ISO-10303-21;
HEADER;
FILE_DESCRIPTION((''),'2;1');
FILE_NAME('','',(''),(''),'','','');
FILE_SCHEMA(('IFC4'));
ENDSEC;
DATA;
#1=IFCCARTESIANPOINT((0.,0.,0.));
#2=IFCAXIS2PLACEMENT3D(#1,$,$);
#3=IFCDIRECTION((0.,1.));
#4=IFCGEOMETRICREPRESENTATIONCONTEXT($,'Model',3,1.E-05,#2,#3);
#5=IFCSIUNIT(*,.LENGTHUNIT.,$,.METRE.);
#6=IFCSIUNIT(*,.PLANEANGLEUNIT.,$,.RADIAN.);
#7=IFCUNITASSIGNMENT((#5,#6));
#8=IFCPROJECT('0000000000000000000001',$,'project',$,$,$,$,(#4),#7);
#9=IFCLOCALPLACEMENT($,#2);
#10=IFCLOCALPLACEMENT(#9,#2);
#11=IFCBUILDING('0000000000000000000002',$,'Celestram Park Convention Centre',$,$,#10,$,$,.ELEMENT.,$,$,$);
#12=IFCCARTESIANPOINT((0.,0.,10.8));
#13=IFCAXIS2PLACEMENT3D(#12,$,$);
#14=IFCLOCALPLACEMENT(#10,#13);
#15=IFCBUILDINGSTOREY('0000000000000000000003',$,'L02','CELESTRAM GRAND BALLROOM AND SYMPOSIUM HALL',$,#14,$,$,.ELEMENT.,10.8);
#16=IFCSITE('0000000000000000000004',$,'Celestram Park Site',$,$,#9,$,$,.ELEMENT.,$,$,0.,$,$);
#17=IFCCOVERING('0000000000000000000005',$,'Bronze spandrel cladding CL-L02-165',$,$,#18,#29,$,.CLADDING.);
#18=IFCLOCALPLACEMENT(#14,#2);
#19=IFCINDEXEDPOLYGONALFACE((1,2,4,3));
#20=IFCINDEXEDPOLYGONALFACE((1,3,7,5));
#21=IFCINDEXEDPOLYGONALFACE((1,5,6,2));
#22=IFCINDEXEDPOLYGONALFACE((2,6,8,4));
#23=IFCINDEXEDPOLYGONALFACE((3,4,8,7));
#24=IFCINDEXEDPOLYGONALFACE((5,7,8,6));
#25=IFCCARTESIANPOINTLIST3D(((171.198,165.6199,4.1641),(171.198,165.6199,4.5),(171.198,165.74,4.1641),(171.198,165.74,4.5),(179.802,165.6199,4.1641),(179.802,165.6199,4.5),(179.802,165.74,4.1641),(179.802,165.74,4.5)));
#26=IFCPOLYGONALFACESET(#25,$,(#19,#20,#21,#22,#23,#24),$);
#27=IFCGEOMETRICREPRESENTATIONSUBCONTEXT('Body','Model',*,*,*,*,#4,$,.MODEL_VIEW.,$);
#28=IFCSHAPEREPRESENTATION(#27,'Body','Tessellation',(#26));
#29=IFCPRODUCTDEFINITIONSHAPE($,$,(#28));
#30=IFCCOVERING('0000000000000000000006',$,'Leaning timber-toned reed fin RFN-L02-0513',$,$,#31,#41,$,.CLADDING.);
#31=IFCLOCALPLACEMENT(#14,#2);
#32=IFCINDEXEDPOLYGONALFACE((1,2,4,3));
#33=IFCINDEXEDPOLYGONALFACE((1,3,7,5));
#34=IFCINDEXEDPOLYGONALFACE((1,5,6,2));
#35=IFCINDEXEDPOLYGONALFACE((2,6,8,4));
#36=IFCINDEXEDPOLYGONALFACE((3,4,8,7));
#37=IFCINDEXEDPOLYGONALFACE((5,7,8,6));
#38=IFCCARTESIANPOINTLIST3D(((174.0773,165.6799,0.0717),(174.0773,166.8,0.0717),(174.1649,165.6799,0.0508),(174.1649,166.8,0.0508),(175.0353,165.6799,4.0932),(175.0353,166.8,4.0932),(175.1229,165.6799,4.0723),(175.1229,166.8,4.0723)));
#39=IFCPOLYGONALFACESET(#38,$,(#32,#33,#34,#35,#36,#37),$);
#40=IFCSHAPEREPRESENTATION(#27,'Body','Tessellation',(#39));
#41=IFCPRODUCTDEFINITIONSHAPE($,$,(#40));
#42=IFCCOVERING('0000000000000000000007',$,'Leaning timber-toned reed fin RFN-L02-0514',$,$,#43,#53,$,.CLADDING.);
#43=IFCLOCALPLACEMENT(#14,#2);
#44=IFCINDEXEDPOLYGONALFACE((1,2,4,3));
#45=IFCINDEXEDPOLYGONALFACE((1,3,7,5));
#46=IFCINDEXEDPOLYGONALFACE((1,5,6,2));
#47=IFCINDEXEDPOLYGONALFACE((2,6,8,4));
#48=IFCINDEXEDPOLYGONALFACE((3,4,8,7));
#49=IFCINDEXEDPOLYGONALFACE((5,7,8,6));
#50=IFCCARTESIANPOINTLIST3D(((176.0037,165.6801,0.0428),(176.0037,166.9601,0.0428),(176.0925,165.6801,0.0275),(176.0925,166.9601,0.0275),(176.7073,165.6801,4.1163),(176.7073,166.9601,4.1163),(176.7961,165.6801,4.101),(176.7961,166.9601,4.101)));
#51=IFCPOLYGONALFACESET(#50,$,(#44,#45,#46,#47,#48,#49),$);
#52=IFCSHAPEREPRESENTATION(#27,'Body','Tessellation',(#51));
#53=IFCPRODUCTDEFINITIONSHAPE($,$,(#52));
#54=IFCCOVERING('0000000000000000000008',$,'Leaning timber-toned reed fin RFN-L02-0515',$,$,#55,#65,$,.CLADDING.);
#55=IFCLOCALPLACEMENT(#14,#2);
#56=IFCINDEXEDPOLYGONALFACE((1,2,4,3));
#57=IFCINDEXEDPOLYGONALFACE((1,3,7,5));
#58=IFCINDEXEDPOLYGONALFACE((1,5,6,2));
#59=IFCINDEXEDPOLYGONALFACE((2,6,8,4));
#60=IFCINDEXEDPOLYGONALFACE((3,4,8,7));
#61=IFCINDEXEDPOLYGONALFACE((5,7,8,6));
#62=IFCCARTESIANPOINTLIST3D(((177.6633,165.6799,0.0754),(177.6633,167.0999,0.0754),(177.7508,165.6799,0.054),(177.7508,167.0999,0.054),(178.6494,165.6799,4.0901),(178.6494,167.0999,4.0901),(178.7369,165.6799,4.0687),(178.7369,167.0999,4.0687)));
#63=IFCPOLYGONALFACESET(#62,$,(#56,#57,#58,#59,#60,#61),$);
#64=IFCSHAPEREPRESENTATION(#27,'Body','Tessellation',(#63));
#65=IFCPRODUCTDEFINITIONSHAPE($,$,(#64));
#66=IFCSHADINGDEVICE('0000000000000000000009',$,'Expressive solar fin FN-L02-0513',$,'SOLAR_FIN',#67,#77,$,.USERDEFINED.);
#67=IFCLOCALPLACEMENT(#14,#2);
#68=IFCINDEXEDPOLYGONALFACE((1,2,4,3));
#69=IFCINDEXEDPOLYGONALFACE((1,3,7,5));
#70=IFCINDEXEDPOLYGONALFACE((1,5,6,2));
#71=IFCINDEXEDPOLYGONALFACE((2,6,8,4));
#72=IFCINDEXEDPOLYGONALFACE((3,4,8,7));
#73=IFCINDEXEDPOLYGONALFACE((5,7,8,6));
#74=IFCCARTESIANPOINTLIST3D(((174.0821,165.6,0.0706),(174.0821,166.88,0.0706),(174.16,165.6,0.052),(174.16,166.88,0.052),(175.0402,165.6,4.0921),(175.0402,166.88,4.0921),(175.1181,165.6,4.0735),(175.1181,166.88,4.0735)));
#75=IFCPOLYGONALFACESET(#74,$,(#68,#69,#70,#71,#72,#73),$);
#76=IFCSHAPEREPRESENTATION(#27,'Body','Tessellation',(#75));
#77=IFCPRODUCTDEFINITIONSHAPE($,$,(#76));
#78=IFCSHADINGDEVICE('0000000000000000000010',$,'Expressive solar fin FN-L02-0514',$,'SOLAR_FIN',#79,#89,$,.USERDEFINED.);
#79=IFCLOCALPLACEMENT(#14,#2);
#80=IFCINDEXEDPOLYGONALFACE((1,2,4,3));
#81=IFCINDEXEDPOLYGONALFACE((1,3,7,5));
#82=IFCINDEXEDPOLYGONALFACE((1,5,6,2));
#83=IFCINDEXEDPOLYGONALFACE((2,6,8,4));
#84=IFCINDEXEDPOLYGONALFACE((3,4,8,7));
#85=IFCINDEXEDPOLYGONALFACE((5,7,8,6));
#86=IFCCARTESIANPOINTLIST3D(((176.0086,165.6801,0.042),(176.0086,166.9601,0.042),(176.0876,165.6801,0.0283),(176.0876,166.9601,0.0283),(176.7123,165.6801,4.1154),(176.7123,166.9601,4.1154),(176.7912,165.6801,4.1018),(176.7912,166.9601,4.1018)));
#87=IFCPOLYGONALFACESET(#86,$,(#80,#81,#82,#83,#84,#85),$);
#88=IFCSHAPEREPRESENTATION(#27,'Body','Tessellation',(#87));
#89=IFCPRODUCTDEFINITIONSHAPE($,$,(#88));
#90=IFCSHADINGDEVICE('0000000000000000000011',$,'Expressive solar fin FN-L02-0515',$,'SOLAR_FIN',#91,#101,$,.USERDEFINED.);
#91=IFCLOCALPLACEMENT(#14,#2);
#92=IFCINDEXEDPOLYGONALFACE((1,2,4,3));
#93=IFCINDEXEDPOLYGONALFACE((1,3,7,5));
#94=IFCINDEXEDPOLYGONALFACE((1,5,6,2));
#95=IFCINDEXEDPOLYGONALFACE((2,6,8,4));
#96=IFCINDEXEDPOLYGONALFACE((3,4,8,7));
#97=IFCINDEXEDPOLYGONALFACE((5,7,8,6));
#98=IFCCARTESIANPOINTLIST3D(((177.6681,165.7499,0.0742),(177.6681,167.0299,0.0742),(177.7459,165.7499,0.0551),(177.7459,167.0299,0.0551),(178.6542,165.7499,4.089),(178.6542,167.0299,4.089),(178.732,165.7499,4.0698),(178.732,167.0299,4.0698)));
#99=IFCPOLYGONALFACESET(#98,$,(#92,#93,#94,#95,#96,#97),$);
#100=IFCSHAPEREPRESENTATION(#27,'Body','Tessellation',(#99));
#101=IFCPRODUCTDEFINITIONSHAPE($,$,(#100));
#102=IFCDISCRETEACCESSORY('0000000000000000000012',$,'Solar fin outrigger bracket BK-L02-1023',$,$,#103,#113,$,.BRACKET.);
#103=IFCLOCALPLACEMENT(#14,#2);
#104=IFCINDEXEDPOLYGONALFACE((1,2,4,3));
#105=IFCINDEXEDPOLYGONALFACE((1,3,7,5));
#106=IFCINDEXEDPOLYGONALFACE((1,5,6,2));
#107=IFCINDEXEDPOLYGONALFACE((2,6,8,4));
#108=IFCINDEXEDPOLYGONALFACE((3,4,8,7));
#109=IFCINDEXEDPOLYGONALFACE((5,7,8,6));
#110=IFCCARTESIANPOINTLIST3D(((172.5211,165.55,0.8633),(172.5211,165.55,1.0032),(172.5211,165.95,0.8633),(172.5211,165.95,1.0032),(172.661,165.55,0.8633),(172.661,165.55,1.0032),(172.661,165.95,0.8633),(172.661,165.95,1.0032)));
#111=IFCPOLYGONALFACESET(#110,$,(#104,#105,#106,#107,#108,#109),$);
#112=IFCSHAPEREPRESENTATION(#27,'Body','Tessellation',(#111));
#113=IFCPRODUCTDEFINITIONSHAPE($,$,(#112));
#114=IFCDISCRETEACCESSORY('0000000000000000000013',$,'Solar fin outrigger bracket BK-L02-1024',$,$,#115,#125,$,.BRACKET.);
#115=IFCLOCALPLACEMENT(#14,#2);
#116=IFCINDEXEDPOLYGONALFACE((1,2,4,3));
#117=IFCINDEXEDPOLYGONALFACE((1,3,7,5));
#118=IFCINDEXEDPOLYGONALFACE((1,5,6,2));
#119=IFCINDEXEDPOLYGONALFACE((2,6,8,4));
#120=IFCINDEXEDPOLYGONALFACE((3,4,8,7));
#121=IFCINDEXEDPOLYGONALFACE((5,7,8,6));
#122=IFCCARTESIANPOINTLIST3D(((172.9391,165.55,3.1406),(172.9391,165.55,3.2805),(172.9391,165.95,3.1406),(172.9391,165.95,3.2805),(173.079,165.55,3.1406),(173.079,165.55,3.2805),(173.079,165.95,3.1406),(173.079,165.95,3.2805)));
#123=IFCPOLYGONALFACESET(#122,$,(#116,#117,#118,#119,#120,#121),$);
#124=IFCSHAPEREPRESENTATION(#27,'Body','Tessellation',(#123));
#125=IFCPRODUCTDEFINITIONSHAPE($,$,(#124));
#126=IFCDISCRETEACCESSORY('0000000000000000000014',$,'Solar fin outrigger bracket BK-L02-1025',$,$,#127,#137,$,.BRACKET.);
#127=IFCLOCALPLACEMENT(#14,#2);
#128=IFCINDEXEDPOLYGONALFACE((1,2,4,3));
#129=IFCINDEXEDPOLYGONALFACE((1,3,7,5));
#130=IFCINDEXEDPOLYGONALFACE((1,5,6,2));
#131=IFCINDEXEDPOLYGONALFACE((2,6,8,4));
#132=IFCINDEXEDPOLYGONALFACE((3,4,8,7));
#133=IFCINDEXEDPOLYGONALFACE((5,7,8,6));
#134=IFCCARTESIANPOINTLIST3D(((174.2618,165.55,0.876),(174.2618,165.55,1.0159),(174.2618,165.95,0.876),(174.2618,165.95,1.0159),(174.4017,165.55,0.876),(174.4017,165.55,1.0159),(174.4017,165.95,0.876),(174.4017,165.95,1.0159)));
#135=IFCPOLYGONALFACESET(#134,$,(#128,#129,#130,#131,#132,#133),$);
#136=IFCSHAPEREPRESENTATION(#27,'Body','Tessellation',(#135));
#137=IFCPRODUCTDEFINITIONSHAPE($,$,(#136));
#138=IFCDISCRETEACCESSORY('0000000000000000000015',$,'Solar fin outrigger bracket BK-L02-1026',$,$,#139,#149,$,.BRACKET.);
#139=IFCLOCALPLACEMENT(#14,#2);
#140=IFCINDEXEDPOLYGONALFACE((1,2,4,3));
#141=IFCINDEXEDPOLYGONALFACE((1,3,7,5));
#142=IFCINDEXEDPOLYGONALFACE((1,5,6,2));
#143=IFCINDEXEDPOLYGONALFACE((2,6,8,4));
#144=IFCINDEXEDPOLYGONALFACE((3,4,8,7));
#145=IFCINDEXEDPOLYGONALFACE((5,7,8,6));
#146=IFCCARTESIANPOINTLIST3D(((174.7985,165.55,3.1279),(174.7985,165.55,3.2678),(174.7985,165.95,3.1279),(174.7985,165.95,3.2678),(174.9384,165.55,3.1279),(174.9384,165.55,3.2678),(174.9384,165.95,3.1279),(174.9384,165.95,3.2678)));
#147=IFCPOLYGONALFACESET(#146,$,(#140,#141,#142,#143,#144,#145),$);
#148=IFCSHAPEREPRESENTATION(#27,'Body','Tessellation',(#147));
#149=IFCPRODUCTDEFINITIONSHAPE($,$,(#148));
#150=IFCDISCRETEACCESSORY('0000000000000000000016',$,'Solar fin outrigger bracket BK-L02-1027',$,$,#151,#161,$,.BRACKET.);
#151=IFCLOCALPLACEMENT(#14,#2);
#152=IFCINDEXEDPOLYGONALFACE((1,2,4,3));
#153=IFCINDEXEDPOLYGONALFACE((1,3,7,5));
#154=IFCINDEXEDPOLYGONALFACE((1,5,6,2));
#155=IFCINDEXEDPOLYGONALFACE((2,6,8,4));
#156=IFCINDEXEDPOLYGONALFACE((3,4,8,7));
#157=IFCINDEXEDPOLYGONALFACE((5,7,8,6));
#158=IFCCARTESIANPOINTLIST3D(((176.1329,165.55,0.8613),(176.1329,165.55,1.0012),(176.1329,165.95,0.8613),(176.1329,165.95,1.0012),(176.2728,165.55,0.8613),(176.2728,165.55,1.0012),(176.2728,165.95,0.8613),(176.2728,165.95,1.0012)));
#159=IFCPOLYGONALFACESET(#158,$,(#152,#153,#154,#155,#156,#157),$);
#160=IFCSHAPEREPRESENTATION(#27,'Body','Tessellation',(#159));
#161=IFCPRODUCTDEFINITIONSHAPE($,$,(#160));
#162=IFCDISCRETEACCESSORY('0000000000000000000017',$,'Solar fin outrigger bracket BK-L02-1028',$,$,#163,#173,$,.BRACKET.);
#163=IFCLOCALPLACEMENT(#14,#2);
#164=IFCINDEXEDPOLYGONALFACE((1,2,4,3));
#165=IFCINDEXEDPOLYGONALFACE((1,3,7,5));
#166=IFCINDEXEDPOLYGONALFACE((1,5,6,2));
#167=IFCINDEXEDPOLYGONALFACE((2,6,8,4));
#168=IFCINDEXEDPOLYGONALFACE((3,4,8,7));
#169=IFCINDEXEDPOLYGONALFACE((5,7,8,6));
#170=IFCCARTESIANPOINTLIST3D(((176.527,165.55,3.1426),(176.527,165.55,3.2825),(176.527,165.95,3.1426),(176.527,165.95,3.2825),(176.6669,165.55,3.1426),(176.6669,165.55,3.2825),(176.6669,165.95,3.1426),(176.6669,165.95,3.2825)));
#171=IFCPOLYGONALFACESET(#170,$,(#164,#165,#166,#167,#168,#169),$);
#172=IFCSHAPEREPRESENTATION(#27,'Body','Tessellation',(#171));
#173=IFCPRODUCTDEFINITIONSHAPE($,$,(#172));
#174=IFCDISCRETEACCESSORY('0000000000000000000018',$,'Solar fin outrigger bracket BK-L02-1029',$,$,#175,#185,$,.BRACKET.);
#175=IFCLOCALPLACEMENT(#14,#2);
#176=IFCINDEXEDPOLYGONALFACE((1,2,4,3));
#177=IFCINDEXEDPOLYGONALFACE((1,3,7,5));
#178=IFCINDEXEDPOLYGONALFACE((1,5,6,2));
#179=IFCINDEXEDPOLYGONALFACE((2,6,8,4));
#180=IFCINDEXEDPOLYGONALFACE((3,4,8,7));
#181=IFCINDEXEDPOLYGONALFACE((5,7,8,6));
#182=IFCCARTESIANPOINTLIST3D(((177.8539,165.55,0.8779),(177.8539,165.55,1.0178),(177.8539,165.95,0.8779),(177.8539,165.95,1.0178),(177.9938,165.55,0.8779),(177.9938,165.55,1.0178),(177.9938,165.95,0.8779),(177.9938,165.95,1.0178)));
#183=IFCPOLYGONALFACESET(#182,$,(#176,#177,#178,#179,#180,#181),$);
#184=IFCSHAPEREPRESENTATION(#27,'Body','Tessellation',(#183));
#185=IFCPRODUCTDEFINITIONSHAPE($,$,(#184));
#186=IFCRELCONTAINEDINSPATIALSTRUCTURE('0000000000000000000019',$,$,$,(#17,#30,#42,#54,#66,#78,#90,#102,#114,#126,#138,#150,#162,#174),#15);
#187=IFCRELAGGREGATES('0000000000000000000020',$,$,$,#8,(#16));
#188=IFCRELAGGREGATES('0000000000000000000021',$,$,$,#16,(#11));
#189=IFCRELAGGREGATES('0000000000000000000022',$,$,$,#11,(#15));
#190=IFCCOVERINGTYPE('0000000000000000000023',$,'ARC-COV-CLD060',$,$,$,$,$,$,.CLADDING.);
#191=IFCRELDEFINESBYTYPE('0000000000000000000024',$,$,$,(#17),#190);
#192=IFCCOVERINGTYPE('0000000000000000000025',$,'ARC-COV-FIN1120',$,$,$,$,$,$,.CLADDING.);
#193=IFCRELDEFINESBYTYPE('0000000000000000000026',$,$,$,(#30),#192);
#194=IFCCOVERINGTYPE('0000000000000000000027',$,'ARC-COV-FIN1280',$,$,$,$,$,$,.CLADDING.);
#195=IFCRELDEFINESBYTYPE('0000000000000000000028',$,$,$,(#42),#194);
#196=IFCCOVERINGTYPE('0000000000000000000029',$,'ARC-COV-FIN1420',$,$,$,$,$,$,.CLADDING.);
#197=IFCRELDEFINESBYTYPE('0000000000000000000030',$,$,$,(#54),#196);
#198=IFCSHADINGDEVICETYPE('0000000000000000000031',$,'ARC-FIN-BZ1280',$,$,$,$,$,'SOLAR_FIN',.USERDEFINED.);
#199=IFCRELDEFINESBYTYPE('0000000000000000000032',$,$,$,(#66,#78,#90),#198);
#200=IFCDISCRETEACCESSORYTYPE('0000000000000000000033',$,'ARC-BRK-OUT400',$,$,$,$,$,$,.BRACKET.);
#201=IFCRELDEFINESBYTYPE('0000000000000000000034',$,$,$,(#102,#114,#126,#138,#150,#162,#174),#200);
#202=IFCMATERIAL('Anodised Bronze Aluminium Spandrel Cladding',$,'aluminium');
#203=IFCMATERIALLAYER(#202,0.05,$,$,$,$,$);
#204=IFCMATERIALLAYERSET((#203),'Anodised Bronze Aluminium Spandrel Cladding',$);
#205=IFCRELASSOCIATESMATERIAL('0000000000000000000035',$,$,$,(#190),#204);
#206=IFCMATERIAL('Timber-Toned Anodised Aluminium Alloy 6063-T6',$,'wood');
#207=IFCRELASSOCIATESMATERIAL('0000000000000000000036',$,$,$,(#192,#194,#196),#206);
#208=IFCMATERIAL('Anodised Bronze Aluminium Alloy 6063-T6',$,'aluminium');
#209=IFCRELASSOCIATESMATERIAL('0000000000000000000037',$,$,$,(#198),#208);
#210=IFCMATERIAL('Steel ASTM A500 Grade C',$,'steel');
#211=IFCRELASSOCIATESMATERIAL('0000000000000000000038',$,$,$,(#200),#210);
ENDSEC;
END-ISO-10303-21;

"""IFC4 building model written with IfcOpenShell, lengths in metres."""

from ifc_helpers import new_model, si_unit, direction, frame, origin, origin_2d, place, context, subcontext, project, spatial, rectangle, extrude, material, layer, layer_set, material_profile, profile_set, type_object, element, save


model = new_model("IFC4")

# Units and contexts
model_context = context("Model", 3, precision=1e-05, world=origin(), true_north=direction((0.0, 1.0)))
body_context = subcontext(model_context, "Body", "Model", "MODEL_VIEW")
ifc_project = project(units=[si_unit("LENGTHUNIT", "METRE"), si_unit("PLANEANGLEUNIT", "RADIAN")], contexts=[model_context])

# Site, building, storey
site_placement = place(None, origin())
site = spatial("IfcSite", under=ifc_project, at=site_placement, Name="Celestram Park Site", CompositionType="ELEMENT", RefElevation=0.0)
building_placement = place(site_placement, origin())
building = spatial("IfcBuilding", under=site, at=building_placement, Name="Celestram Park Convention Centre", CompositionType="ELEMENT")
storey_placement = place(building_placement, frame((0.0, 0.0, 10.8)))
storey = spatial("IfcBuildingStorey", under=building, at=storey_placement, Name="L02", Description="CELESTRAM GRAND BALLROOM AND SYMPOSIUM HALL", CompositionType="ELEMENT", Elevation=10.8)

# Coverings
ifc_material_1 = material(Name="Anodised Bronze Aluminium Spandrel Cladding", Category="aluminium")
ifc_layer_1 = layer(ifc_material_1, 0.05)
ifc_layer_set_1 = layer_set([ifc_layer_1], Name="Anodised Bronze Aluminium Spandrel Cladding")
covering_type_1 = type_object("IfcCoveringType", Name="ARC-COV-CLD060", PredefinedType="CLADDING", material=ifc_layer_set_1)
covering_1_placement = place(storey_placement, frame((175.5, 165.6799, 4.1641), z_axis=(0.0, 0.0, 1.0), x_axis=(1.0, 0.0, 0.0)))
element("IfcCovering", 1, at=covering_1_placement, inside=storey, type_object=covering_type_1, Name="Bronze spandrel cladding CL-L02-165", PredefinedType="CLADDING", context=body_context, shape_type="SweptSolid", body=[
    extrude(rectangle(XDim=8.604, YDim=0.1201, at=origin_2d()), origin(), (0.0, 0.0, 1.0), 0.3359),
])
ifc_material_2 = material(Name="Timber-Toned Anodised Aluminium Alloy 6063-T6", Category="wood")
ifc_material_profile_1 = material_profile(ifc_material_2, rectangle(XDim=1.1201, YDim=0.0901, at=origin_2d()), Name="REED1120X90")
ifc_profile_set_1 = profile_set([ifc_material_profile_1], Name="Timber-Toned Anodised Aluminium Alloy 6063-T6")
covering_type_2 = type_object("IfcCoveringType", Name="ARC-COV-FIN1120", PredefinedType="CLADDING", material=ifc_profile_set_1)
covering_2_placement = place(storey_placement, frame((174.1211, 166.24, 0.0613), z_axis=(0.231738, 0.0, 0.972778), x_axis=(0.0, 1.0, 0.0)))
element("IfcCovering", 2, at=covering_2_placement, inside=storey, type_object=covering_type_2, Name="Leaning timber-toned reed fin RFN-L02-0513", PredefinedType="CLADDING", context=body_context, shape_type="SweptSolid", body=[
    extrude(rectangle(XDim=1.1201, YDim=0.0901, at=origin_2d()), origin(), (0.0, 0.0, 1.0), 4.134),
])
ifc_material_profile_2 = material_profile(ifc_material_2, rectangle(XDim=1.28, YDim=0.0901, at=origin_2d()), Name="REED1280X90")
ifc_profile_set_2 = profile_set([ifc_material_profile_2], Name="Timber-Toned Anodised Aluminium Alloy 6063-T6")
covering_type_3 = type_object("IfcCoveringType", Name="ARC-COV-FIN1280", PredefinedType="CLADDING", material=ifc_profile_set_2)
covering_3_placement = place(storey_placement, frame((176.0481, 166.3201, 0.0352), z_axis=(0.17021, 0.0, 0.985408), x_axis=(0.0, 1.0, 0.0)))
element("IfcCovering", 3, at=covering_3_placement, inside=storey, type_object=covering_type_3, Name="Leaning timber-toned reed fin RFN-L02-0514", PredefinedType="CLADDING", context=body_context, shape_type="SweptSolid", body=[
    extrude(rectangle(XDim=1.28, YDim=0.0901, at=origin_2d()), origin(), (0.0, 0.0, 1.0), 4.1338),
])
ifc_material_profile_3 = material_profile(ifc_material_2, rectangle(XDim=1.4199, YDim=0.0901, at=origin_2d()), Name="REED1420X90")
ifc_profile_set_3 = profile_set([ifc_material_profile_3], Name="Timber-Toned Anodised Aluminium Alloy 6063-T6")
covering_type_4 = type_object("IfcCoveringType", Name="ARC-COV-FIN1420", PredefinedType="CLADDING", material=ifc_profile_set_3)
covering_4_placement = place(storey_placement, frame((177.707, 166.3899, 0.0647), z_axis=(0.238532, 0.0, 0.971135), x_axis=(0.0, 1.0, 0.0)))
element("IfcCovering", 4, at=covering_4_placement, inside=storey, type_object=covering_type_4, Name="Leaning timber-toned reed fin RFN-L02-0515", PredefinedType="CLADDING", context=body_context, shape_type="SweptSolid", body=[
    extrude(rectangle(XDim=1.4199, YDim=0.0901, at=origin_2d()), origin(), (0.0, 0.0, 1.0), 4.134),
])

# Shading devices
ifc_material_3 = material(Name="Anodised Bronze Aluminium Alloy 6063-T6", Category="aluminium")
ifc_material_profile_4 = material_profile(ifc_material_3, rectangle(XDim=1.28, YDim=0.0801, at=origin_2d()), Name="FIN1280X80")
ifc_profile_set_4 = profile_set([ifc_material_profile_4], Name="Anodised Bronze Aluminium Alloy 6063-T6")
shading_device_type = type_object("IfcShadingDeviceType", Name="ARC-FIN-BZ1280", ElementType="SOLAR_FIN", PredefinedType="USERDEFINED", material=ifc_profile_set_4)
shading_device_1_placement = place(storey_placement, frame((174.1211, 166.24, 0.0613), z_axis=(0.231738, 0.0, 0.972778), x_axis=(0.0, 1.0, 0.0)))
element("IfcShadingDevice", 5, at=shading_device_1_placement, inside=storey, type_object=shading_device_type, Name="Expressive solar fin FN-L02-0513", ObjectType="SOLAR_FIN", PredefinedType="USERDEFINED", context=body_context, shape_type="SweptSolid", body=[
    extrude(rectangle(XDim=1.28, YDim=0.0801, at=origin_2d()), origin(), (0.0, 0.0, 1.0), 4.134),
])
shading_device_2_placement = place(storey_placement, frame((176.0481, 166.3201, 0.0352), z_axis=(0.17021, 0.0, 0.985408), x_axis=(0.0, 1.0, 0.0)))
element("IfcShadingDevice", 6, at=shading_device_2_placement, inside=storey, type_object=shading_device_type, Name="Expressive solar fin FN-L02-0514", ObjectType="SOLAR_FIN", PredefinedType="USERDEFINED", context=body_context, shape_type="SweptSolid", body=[
    extrude(rectangle(XDim=1.28, YDim=0.0801, at=origin_2d()), origin(), (0.0, 0.0, 1.0), 4.1338),
])
shading_device_3_placement = place(storey_placement, frame((177.707, 166.3899, 0.0647), z_axis=(0.238532, 0.0, 0.971135), x_axis=(0.0, 1.0, 0.0)))
element("IfcShadingDevice", 7, at=shading_device_3_placement, inside=storey, type_object=shading_device_type, Name="Expressive solar fin FN-L02-0515", ObjectType="SOLAR_FIN", PredefinedType="USERDEFINED", context=body_context, shape_type="SweptSolid", body=[
    extrude(rectangle(XDim=1.28, YDim=0.0801, at=origin_2d()), origin(), (0.0, 0.0, 1.0), 4.134),
])

# Discrete accessories
ifc_material_4 = material(Name="Steel ASTM A500 Grade C", Category="steel")
discrete_accessory_type = type_object("IfcDiscreteAccessoryType", Name="ARC-BRK-OUT400", PredefinedType="BRACKET", material=ifc_material_4)
for number, where, z_axis, x_axis, name in (
    (8, (172.5911, 165.75, 0.8633), (0.0, 0.0, 1.0), (0.0, 1.0, 0.0), "Solar fin outrigger bracket BK-L02-1023"),
    (9, (173.009, 165.75, 3.1406), (0.0, 0.0, 1.0), (0.0, 1.0, 0.0), "Solar fin outrigger bracket BK-L02-1024"),
    (10, (174.3318, 165.75, 0.876), (0.0, 0.0, 1.0), (0.0, 1.0, 0.0), "Solar fin outrigger bracket BK-L02-1025"),
    (11, (174.8684, 165.75, 3.1279), (0.0, 0.0, 1.0), (0.0, 1.0, 0.0), "Solar fin outrigger bracket BK-L02-1026"),
    (12, (176.2029, 165.75, 0.8613), (0.0, 0.0, 1.0), (0.0, 1.0, 0.0), "Solar fin outrigger bracket BK-L02-1027"),
    (13, (176.5969, 165.75, 3.1426), (0.0, 0.0, 1.0), (0.0, 1.0, 0.0), "Solar fin outrigger bracket BK-L02-1028"),
    (14, (177.9238, 165.75, 0.8779), (0.0, 0.0, 1.0), (0.0, 1.0, 0.0), "Solar fin outrigger bracket BK-L02-1029"),
):
    element("IfcDiscreteAccessory", number, at=place(storey_placement, frame(where, z_axis=z_axis, x_axis=x_axis)), inside=storey, type_object=discrete_accessory_type, Name=name, PredefinedType="BRACKET", context=body_context, shape_type="SweptSolid", body=[
        extrude(rectangle(XDim=0.3999, YDim=0.1399, at=origin_2d()), origin(), (0.0, 0.0, 1.0), 0.1399),
    ])

save(model, "model.ifc")
